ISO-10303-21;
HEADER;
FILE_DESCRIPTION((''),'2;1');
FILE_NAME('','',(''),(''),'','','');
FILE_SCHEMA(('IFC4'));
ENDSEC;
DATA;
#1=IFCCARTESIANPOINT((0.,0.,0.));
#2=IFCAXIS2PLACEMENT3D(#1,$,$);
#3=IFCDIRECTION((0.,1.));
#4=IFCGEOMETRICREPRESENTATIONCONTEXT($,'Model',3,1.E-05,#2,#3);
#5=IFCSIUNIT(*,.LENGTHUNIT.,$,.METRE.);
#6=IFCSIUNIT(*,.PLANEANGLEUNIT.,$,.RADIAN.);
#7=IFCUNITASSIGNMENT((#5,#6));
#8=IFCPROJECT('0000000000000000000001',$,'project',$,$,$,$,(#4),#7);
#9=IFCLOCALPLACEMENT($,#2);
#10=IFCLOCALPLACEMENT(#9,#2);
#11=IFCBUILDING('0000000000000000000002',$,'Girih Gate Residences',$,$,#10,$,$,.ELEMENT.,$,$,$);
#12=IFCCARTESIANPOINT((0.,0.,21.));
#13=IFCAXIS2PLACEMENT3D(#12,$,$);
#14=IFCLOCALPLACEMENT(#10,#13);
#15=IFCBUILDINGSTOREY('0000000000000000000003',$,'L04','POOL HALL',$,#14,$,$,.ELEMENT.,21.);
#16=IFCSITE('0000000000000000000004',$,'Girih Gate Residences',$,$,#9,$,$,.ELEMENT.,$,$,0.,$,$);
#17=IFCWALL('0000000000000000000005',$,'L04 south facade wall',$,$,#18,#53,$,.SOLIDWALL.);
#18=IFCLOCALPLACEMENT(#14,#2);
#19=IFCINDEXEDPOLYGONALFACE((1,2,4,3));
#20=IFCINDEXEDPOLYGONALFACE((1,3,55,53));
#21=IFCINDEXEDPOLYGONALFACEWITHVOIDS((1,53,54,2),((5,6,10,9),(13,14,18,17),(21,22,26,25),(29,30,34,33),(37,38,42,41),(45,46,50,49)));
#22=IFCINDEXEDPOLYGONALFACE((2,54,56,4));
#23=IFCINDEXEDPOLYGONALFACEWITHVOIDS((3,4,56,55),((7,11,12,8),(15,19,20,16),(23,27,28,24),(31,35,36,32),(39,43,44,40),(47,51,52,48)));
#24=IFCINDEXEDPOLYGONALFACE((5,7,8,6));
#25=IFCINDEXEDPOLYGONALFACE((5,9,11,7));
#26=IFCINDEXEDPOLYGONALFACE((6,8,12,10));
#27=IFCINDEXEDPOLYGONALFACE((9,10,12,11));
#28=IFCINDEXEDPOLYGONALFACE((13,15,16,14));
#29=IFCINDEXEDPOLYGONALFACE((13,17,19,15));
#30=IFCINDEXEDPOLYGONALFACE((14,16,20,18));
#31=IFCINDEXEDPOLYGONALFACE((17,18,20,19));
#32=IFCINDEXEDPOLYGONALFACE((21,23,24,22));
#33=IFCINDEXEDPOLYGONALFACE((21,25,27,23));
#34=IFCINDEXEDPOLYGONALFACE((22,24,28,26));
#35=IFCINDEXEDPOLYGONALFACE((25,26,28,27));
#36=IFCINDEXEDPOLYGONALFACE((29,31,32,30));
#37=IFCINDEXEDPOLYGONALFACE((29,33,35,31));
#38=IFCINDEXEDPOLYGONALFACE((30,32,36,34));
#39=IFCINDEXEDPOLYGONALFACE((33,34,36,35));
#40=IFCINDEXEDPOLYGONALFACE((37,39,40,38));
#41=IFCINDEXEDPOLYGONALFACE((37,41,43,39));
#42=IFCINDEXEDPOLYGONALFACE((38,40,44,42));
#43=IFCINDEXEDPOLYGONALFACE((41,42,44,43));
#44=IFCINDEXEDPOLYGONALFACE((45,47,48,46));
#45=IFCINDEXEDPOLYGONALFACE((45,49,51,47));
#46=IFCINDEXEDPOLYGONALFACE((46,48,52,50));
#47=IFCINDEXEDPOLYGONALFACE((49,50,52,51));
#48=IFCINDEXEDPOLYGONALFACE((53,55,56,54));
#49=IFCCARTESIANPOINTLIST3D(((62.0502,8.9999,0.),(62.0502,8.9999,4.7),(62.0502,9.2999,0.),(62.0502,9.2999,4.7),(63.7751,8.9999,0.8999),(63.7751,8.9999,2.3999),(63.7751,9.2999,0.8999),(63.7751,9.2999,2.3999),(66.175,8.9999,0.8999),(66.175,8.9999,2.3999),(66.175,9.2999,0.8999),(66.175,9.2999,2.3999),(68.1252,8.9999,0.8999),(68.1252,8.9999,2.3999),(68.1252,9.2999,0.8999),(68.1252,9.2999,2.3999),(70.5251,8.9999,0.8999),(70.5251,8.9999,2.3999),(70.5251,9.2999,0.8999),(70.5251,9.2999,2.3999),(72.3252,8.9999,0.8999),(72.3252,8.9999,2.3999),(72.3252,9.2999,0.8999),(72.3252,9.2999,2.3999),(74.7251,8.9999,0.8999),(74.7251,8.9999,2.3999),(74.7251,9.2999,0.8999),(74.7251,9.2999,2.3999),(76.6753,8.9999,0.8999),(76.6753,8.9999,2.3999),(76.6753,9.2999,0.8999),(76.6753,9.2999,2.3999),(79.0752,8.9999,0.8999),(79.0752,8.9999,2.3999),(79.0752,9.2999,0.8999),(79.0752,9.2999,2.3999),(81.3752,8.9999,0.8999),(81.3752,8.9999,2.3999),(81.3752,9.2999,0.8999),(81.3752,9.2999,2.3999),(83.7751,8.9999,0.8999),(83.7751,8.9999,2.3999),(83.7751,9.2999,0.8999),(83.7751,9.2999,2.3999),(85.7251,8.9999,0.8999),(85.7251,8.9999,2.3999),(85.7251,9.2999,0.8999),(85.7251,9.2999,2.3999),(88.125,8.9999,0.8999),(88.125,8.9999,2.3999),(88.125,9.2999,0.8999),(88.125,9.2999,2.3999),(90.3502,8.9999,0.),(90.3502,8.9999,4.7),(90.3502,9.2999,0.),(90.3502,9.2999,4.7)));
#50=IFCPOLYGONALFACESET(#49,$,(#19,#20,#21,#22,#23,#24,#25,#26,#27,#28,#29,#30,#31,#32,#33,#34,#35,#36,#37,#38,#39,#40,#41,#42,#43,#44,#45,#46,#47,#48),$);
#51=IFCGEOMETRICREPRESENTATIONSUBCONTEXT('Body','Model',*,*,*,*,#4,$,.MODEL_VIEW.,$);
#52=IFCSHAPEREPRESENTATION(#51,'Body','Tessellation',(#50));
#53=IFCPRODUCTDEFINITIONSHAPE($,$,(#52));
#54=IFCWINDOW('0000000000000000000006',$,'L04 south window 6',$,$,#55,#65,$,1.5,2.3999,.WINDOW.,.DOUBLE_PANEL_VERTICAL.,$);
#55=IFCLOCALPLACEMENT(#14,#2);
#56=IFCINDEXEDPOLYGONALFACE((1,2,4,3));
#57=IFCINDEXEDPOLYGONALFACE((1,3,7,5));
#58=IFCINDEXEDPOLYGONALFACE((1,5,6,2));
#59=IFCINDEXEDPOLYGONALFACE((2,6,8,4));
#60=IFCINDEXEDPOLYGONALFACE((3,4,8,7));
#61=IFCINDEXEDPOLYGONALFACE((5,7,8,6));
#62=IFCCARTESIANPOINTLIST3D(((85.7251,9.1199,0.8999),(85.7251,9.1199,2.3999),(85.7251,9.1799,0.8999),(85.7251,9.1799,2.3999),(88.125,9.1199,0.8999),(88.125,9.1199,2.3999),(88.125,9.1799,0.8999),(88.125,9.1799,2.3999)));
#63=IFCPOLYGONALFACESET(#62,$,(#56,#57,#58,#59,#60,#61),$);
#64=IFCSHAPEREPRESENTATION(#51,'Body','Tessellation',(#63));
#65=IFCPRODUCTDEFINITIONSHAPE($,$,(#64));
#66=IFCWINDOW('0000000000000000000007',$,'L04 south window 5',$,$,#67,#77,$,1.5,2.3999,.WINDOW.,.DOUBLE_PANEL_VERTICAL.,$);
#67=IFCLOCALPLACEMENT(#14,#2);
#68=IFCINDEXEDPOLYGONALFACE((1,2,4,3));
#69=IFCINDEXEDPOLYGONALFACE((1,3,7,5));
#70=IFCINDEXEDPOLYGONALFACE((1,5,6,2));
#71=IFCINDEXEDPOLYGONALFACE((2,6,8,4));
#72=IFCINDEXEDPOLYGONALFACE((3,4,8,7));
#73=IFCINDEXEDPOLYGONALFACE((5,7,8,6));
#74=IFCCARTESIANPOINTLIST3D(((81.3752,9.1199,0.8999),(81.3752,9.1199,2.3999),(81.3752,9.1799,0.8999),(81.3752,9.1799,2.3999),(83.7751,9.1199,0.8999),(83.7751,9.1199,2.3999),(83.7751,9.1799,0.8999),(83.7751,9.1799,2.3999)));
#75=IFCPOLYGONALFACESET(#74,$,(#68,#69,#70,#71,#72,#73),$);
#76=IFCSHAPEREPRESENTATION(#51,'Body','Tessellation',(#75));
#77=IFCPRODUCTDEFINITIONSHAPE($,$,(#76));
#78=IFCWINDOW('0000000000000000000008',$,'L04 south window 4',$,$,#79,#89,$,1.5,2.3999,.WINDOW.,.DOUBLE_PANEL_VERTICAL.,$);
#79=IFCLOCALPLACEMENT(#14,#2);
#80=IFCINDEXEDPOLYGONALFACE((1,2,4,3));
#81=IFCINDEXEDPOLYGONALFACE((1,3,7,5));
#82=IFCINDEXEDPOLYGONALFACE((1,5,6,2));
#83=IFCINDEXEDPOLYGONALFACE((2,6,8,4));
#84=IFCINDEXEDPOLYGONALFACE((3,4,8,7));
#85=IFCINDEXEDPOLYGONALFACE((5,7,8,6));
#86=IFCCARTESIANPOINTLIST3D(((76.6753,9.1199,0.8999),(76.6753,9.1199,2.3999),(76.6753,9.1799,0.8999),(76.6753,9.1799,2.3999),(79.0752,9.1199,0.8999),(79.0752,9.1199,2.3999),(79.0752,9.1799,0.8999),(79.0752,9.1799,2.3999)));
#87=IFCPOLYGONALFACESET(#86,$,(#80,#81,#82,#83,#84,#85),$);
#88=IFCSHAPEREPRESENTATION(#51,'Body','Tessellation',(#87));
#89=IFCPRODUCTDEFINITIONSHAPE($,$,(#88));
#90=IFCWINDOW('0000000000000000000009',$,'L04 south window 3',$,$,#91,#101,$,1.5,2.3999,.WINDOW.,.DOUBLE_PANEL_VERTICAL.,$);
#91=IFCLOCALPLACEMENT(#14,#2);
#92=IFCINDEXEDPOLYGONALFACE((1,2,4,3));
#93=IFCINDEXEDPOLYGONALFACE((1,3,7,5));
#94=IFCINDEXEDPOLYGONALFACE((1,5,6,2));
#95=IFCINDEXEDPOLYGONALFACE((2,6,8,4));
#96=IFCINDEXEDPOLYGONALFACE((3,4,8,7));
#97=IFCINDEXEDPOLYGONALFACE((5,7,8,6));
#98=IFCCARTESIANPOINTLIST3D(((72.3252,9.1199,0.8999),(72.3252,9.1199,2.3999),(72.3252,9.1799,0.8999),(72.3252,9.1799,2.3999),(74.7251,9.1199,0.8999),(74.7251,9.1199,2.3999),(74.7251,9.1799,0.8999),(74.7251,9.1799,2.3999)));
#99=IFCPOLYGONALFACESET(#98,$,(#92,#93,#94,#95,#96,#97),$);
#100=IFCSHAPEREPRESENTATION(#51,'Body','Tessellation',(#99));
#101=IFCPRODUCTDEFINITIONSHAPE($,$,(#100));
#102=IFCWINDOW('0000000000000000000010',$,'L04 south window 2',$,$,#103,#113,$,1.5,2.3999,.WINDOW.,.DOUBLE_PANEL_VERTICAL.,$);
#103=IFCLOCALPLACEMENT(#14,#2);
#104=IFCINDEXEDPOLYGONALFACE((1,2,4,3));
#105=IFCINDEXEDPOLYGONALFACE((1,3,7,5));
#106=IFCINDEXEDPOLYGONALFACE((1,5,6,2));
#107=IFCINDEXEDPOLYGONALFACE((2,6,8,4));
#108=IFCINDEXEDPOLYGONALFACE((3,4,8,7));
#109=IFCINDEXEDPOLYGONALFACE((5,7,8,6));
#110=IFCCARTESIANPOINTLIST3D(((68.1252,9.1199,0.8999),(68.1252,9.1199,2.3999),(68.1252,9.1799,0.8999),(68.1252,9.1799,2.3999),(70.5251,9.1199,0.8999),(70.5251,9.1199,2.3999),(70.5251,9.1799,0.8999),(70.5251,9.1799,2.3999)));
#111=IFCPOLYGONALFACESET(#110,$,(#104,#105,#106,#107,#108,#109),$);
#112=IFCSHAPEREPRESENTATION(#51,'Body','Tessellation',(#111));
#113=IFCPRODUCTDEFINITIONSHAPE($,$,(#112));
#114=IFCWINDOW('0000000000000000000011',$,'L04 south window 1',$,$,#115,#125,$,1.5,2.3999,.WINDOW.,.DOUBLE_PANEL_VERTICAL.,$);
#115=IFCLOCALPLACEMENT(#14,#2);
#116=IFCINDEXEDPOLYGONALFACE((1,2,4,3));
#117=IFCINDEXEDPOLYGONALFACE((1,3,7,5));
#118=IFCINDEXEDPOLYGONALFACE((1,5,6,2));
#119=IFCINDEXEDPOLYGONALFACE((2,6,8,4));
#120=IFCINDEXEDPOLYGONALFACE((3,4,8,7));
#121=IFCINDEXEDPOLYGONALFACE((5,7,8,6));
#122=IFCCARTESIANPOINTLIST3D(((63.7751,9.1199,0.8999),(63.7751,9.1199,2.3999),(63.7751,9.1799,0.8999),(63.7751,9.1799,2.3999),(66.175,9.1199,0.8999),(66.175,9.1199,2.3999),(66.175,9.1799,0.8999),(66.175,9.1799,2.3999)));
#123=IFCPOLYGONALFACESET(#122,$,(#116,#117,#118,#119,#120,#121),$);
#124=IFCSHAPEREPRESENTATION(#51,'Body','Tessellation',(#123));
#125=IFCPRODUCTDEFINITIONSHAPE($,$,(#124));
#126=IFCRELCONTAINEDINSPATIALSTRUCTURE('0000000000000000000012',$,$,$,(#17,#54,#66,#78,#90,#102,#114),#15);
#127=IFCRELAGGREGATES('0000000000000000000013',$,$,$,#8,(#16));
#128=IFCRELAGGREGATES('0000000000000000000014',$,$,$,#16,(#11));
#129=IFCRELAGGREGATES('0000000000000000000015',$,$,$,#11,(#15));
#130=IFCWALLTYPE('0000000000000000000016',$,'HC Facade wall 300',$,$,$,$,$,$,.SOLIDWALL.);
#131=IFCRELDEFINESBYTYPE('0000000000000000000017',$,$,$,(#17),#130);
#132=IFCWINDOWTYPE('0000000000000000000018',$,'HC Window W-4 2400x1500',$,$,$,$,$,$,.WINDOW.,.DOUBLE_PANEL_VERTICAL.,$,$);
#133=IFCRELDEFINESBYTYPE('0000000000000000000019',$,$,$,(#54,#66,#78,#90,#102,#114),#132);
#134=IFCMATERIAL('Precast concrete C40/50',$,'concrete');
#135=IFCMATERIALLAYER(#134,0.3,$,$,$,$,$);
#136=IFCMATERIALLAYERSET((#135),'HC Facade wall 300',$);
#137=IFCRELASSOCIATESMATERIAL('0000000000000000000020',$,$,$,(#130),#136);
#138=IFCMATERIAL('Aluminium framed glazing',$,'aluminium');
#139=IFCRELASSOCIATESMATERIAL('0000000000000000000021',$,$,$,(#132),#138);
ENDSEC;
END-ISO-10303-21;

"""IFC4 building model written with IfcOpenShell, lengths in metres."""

from ifc_helpers import new_model, si_unit, direction, frame, frame_2d, origin, place, context, subcontext, project, spatial, rectangle, extrude, material, layer, layer_set, type_object, element, fill, save


model = new_model("IFC4")

# Units and contexts
model_context = context("Model", 3, precision=1e-05, world=origin(), true_north=direction((0.0, 1.0)))
body_context = subcontext(model_context, "Body", "Model", "MODEL_VIEW")
ifc_project = project(units=[si_unit("LENGTHUNIT", "METRE"), si_unit("PLANEANGLEUNIT", "RADIAN")], contexts=[model_context])

# Site, building, storey
site_placement = place(None, origin())
site = spatial("IfcSite", under=ifc_project, at=site_placement, Name="Girih Gate Residences", CompositionType="ELEMENT", RefElevation=0.0)
building_placement = place(site_placement, origin())
building = spatial("IfcBuilding", under=site, at=building_placement, Name="Girih Gate Residences", CompositionType="ELEMENT")
storey_placement = place(building_placement, frame((0.0, 0.0, 21.0)))
storey = spatial("IfcBuildingStorey", under=building, at=storey_placement, Name="L04", Description="POOL HALL", CompositionType="ELEMENT", Elevation=21.0)

# Wall, openings, windows
ifc_material_1 = material(Name="Precast concrete C40/50", Category="concrete")
ifc_layer_1 = layer(ifc_material_1, 0.3)
ifc_layer_set_1 = layer_set([ifc_layer_1], Name="HC Facade wall 300")
wall_type_1 = type_object("IfcWallType", Name="HC Facade wall 300", PredefinedType="SOLIDWALL", material=ifc_layer_set_1)
wall_1_placement = place(storey_placement, frame((90.3501, 9.1499, 0.0), z_axis=(0.0, 0.0, 1.0), x_axis=(-1.0, 0.0, 0.0)))
wall_1 = element("IfcWall", 1, at=wall_1_placement, inside=storey, type_object=wall_type_1, Name="L04 south facade wall", PredefinedType="SOLIDWALL", context=body_context, shape_type="SweptSolid", body=[
    extrude(rectangle(XDim=28.3, YDim=0.3, at=frame_2d((14.1499, 0.0))), origin(), (0.0, 0.0, 1.0), 4.7),
])
opening_1_placement = place(wall_1_placement, frame((2.2251, 0.0, 0.8999)))
opening_1 = element("IfcOpeningElement", 2, at=opening_1_placement, cuts=wall_1, PredefinedType="OPENING", context=body_context, shape_type="SweptSolid", body=[
    extrude(rectangle(XDim=2.3999, YDim=1.5, at=frame_2d((1.2, 0.75))), frame((0.0, 0.1599, 0.0), z_axis=(0.0, -1.0, 0.0), x_axis=(1.0, 0.0, 0.0)), (0.0, 0.0, 1.0), 0.3201),
])
opening_2_placement = place(wall_1_placement, frame((6.575, 0.0, 0.8999)))
opening_2 = element("IfcOpeningElement", 3, at=opening_2_placement, cuts=wall_1, PredefinedType="OPENING", context=body_context, shape_type="SweptSolid", body=[
    extrude(rectangle(XDim=2.3999, YDim=1.5, at=frame_2d((1.2, 0.75))), frame((0.0, 0.1599, 0.0), z_axis=(0.0, -1.0, 0.0), x_axis=(1.0, 0.0, 0.0)), (0.0, 0.0, 1.0), 0.3201),
])
opening_3_placement = place(wall_1_placement, frame((11.2749, 0.0, 0.8999)))
opening_3 = element("IfcOpeningElement", 4, at=opening_3_placement, cuts=wall_1, PredefinedType="OPENING", context=body_context, shape_type="SweptSolid", body=[
    extrude(rectangle(XDim=2.3999, YDim=1.5, at=frame_2d((1.2, 0.75))), frame((0.0, 0.1599, 0.0), z_axis=(0.0, -1.0, 0.0), x_axis=(1.0, 0.0, 0.0)), (0.0, 0.0, 1.0), 0.3201),
])
opening_4_placement = place(wall_1_placement, frame((15.625, 0.0, 0.8999)))
opening_4 = element("IfcOpeningElement", 5, at=opening_4_placement, cuts=wall_1, PredefinedType="OPENING", context=body_context, shape_type="SweptSolid", body=[
    extrude(rectangle(XDim=2.3999, YDim=1.5, at=frame_2d((1.2, 0.75))), frame((0.0, 0.1599, 0.0), z_axis=(0.0, -1.0, 0.0), x_axis=(1.0, 0.0, 0.0)), (0.0, 0.0, 1.0), 0.3201),
])
opening_5_placement = place(wall_1_placement, frame((19.825, 0.0, 0.8999)))
opening_5 = element("IfcOpeningElement", 6, at=opening_5_placement, cuts=wall_1, PredefinedType="OPENING", context=body_context, shape_type="SweptSolid", body=[
    extrude(rectangle(XDim=2.3999, YDim=1.5, at=frame_2d((1.2, 0.75))), frame((0.0, 0.1599, 0.0), z_axis=(0.0, -1.0, 0.0), x_axis=(1.0, 0.0, 0.0)), (0.0, 0.0, 1.0), 0.3201),
])
opening_6_placement = place(wall_1_placement, frame((24.175, 0.0, 0.8999)))
opening_6 = element("IfcOpeningElement", 7, at=opening_6_placement, cuts=wall_1, PredefinedType="OPENING", context=body_context, shape_type="SweptSolid", body=[
    extrude(rectangle(XDim=2.3999, YDim=1.5, at=frame_2d((1.2, 0.75))), frame((0.0, 0.1599, 0.0), z_axis=(0.0, -1.0, 0.0), x_axis=(1.0, 0.0, 0.0)), (0.0, 0.0, 1.0), 0.3201),
])
ifc_material_2 = material(Name="Aluminium framed glazing", Category="aluminium")
window_type = type_object("IfcWindowType", Name="HC Window W-4 2400x1500", PartitioningType="DOUBLE_PANEL_VERTICAL", PredefinedType="WINDOW", material=ifc_material_2)
window_1_placement = place(opening_1_placement, origin())
window_1 = element("IfcWindow", 8, at=window_1_placement, inside=storey, type_object=window_type, Name="L04 south window 6", OverallHeight=1.5, OverallWidth=2.3999, PartitioningType="DOUBLE_PANEL_VERTICAL", PredefinedType="WINDOW", context=body_context, shape_type="SweptSolid", body=[
    extrude(rectangle(XDim=2.3999, YDim=1.5, at=frame_2d((1.2, 0.75))), frame((0.0, 0.03, 0.0), z_axis=(0.0, -1.0, 0.0), x_axis=(1.0, 0.0, 0.0)), (0.0, 0.0, 1.0), 0.0601),
])
fill(opening_1, window_1)
window_2_placement = place(opening_2_placement, origin())
window_2 = element("IfcWindow", 9, at=window_2_placement, inside=storey, type_object=window_type, Name="L04 south window 5", OverallHeight=1.5, OverallWidth=2.3999, PartitioningType="DOUBLE_PANEL_VERTICAL", PredefinedType="WINDOW", context=body_context, shape_type="SweptSolid", body=[
    extrude(rectangle(XDim=2.3999, YDim=1.5, at=frame_2d((1.2, 0.75))), frame((0.0, 0.03, 0.0), z_axis=(0.0, -1.0, 0.0), x_axis=(1.0, 0.0, 0.0)), (0.0, 0.0, 1.0), 0.0601),
])
fill(opening_2, window_2)
window_3_placement = place(opening_3_placement, origin())
window_3 = element("IfcWindow", 10, at=window_3_placement, inside=storey, type_object=window_type, Name="L04 south window 4", OverallHeight=1.5, OverallWidth=2.3999, PartitioningType="DOUBLE_PANEL_VERTICAL", PredefinedType="WINDOW", context=body_context, shape_type="SweptSolid", body=[
    extrude(rectangle(XDim=2.3999, YDim=1.5, at=frame_2d((1.2, 0.75))), frame((0.0, 0.03, 0.0), z_axis=(0.0, -1.0, 0.0), x_axis=(1.0, 0.0, 0.0)), (0.0, 0.0, 1.0), 0.0601),
])
fill(opening_3, window_3)
window_4_placement = place(opening_4_placement, origin())
window_4 = element("IfcWindow", 11, at=window_4_placement, inside=storey, type_object=window_type, Name="L04 south window 3", OverallHeight=1.5, OverallWidth=2.3999, PartitioningType="DOUBLE_PANEL_VERTICAL", PredefinedType="WINDOW", context=body_context, shape_type="SweptSolid", body=[
    extrude(rectangle(XDim=2.3999, YDim=1.5, at=frame_2d((1.2, 0.75))), frame((0.0, 0.03, 0.0), z_axis=(0.0, -1.0, 0.0), x_axis=(1.0, 0.0, 0.0)), (0.0, 0.0, 1.0), 0.0601),
])
fill(opening_4, window_4)
window_5_placement = place(opening_5_placement, origin())
window_5 = element("IfcWindow", 12, at=window_5_placement, inside=storey, type_object=window_type, Name="L04 south window 2", OverallHeight=1.5, OverallWidth=2.3999, PartitioningType="DOUBLE_PANEL_VERTICAL", PredefinedType="WINDOW", context=body_context, shape_type="SweptSolid", body=[
    extrude(rectangle(XDim=2.3999, YDim=1.5, at=frame_2d((1.2, 0.75))), frame((0.0, 0.03, 0.0), z_axis=(0.0, -1.0, 0.0), x_axis=(1.0, 0.0, 0.0)), (0.0, 0.0, 1.0), 0.0601),
])
fill(opening_5, window_5)
window_6_placement = place(opening_6_placement, origin())
window_6 = element("IfcWindow", 13, at=window_6_placement, inside=storey, type_object=window_type, Name="L04 south window 1", OverallHeight=1.5, OverallWidth=2.3999, PartitioningType="DOUBLE_PANEL_VERTICAL", PredefinedType="WINDOW", context=body_context, shape_type="SweptSolid", body=[
    extrude(rectangle(XDim=2.3999, YDim=1.5, at=frame_2d((1.2, 0.75))), frame((0.0, 0.03, 0.0), z_axis=(0.0, -1.0, 0.0), x_axis=(1.0, 0.0, 0.0)), (0.0, 0.0, 1.0), 0.0601),
])
fill(opening_6, window_6)

save(model, "model.ifc")
